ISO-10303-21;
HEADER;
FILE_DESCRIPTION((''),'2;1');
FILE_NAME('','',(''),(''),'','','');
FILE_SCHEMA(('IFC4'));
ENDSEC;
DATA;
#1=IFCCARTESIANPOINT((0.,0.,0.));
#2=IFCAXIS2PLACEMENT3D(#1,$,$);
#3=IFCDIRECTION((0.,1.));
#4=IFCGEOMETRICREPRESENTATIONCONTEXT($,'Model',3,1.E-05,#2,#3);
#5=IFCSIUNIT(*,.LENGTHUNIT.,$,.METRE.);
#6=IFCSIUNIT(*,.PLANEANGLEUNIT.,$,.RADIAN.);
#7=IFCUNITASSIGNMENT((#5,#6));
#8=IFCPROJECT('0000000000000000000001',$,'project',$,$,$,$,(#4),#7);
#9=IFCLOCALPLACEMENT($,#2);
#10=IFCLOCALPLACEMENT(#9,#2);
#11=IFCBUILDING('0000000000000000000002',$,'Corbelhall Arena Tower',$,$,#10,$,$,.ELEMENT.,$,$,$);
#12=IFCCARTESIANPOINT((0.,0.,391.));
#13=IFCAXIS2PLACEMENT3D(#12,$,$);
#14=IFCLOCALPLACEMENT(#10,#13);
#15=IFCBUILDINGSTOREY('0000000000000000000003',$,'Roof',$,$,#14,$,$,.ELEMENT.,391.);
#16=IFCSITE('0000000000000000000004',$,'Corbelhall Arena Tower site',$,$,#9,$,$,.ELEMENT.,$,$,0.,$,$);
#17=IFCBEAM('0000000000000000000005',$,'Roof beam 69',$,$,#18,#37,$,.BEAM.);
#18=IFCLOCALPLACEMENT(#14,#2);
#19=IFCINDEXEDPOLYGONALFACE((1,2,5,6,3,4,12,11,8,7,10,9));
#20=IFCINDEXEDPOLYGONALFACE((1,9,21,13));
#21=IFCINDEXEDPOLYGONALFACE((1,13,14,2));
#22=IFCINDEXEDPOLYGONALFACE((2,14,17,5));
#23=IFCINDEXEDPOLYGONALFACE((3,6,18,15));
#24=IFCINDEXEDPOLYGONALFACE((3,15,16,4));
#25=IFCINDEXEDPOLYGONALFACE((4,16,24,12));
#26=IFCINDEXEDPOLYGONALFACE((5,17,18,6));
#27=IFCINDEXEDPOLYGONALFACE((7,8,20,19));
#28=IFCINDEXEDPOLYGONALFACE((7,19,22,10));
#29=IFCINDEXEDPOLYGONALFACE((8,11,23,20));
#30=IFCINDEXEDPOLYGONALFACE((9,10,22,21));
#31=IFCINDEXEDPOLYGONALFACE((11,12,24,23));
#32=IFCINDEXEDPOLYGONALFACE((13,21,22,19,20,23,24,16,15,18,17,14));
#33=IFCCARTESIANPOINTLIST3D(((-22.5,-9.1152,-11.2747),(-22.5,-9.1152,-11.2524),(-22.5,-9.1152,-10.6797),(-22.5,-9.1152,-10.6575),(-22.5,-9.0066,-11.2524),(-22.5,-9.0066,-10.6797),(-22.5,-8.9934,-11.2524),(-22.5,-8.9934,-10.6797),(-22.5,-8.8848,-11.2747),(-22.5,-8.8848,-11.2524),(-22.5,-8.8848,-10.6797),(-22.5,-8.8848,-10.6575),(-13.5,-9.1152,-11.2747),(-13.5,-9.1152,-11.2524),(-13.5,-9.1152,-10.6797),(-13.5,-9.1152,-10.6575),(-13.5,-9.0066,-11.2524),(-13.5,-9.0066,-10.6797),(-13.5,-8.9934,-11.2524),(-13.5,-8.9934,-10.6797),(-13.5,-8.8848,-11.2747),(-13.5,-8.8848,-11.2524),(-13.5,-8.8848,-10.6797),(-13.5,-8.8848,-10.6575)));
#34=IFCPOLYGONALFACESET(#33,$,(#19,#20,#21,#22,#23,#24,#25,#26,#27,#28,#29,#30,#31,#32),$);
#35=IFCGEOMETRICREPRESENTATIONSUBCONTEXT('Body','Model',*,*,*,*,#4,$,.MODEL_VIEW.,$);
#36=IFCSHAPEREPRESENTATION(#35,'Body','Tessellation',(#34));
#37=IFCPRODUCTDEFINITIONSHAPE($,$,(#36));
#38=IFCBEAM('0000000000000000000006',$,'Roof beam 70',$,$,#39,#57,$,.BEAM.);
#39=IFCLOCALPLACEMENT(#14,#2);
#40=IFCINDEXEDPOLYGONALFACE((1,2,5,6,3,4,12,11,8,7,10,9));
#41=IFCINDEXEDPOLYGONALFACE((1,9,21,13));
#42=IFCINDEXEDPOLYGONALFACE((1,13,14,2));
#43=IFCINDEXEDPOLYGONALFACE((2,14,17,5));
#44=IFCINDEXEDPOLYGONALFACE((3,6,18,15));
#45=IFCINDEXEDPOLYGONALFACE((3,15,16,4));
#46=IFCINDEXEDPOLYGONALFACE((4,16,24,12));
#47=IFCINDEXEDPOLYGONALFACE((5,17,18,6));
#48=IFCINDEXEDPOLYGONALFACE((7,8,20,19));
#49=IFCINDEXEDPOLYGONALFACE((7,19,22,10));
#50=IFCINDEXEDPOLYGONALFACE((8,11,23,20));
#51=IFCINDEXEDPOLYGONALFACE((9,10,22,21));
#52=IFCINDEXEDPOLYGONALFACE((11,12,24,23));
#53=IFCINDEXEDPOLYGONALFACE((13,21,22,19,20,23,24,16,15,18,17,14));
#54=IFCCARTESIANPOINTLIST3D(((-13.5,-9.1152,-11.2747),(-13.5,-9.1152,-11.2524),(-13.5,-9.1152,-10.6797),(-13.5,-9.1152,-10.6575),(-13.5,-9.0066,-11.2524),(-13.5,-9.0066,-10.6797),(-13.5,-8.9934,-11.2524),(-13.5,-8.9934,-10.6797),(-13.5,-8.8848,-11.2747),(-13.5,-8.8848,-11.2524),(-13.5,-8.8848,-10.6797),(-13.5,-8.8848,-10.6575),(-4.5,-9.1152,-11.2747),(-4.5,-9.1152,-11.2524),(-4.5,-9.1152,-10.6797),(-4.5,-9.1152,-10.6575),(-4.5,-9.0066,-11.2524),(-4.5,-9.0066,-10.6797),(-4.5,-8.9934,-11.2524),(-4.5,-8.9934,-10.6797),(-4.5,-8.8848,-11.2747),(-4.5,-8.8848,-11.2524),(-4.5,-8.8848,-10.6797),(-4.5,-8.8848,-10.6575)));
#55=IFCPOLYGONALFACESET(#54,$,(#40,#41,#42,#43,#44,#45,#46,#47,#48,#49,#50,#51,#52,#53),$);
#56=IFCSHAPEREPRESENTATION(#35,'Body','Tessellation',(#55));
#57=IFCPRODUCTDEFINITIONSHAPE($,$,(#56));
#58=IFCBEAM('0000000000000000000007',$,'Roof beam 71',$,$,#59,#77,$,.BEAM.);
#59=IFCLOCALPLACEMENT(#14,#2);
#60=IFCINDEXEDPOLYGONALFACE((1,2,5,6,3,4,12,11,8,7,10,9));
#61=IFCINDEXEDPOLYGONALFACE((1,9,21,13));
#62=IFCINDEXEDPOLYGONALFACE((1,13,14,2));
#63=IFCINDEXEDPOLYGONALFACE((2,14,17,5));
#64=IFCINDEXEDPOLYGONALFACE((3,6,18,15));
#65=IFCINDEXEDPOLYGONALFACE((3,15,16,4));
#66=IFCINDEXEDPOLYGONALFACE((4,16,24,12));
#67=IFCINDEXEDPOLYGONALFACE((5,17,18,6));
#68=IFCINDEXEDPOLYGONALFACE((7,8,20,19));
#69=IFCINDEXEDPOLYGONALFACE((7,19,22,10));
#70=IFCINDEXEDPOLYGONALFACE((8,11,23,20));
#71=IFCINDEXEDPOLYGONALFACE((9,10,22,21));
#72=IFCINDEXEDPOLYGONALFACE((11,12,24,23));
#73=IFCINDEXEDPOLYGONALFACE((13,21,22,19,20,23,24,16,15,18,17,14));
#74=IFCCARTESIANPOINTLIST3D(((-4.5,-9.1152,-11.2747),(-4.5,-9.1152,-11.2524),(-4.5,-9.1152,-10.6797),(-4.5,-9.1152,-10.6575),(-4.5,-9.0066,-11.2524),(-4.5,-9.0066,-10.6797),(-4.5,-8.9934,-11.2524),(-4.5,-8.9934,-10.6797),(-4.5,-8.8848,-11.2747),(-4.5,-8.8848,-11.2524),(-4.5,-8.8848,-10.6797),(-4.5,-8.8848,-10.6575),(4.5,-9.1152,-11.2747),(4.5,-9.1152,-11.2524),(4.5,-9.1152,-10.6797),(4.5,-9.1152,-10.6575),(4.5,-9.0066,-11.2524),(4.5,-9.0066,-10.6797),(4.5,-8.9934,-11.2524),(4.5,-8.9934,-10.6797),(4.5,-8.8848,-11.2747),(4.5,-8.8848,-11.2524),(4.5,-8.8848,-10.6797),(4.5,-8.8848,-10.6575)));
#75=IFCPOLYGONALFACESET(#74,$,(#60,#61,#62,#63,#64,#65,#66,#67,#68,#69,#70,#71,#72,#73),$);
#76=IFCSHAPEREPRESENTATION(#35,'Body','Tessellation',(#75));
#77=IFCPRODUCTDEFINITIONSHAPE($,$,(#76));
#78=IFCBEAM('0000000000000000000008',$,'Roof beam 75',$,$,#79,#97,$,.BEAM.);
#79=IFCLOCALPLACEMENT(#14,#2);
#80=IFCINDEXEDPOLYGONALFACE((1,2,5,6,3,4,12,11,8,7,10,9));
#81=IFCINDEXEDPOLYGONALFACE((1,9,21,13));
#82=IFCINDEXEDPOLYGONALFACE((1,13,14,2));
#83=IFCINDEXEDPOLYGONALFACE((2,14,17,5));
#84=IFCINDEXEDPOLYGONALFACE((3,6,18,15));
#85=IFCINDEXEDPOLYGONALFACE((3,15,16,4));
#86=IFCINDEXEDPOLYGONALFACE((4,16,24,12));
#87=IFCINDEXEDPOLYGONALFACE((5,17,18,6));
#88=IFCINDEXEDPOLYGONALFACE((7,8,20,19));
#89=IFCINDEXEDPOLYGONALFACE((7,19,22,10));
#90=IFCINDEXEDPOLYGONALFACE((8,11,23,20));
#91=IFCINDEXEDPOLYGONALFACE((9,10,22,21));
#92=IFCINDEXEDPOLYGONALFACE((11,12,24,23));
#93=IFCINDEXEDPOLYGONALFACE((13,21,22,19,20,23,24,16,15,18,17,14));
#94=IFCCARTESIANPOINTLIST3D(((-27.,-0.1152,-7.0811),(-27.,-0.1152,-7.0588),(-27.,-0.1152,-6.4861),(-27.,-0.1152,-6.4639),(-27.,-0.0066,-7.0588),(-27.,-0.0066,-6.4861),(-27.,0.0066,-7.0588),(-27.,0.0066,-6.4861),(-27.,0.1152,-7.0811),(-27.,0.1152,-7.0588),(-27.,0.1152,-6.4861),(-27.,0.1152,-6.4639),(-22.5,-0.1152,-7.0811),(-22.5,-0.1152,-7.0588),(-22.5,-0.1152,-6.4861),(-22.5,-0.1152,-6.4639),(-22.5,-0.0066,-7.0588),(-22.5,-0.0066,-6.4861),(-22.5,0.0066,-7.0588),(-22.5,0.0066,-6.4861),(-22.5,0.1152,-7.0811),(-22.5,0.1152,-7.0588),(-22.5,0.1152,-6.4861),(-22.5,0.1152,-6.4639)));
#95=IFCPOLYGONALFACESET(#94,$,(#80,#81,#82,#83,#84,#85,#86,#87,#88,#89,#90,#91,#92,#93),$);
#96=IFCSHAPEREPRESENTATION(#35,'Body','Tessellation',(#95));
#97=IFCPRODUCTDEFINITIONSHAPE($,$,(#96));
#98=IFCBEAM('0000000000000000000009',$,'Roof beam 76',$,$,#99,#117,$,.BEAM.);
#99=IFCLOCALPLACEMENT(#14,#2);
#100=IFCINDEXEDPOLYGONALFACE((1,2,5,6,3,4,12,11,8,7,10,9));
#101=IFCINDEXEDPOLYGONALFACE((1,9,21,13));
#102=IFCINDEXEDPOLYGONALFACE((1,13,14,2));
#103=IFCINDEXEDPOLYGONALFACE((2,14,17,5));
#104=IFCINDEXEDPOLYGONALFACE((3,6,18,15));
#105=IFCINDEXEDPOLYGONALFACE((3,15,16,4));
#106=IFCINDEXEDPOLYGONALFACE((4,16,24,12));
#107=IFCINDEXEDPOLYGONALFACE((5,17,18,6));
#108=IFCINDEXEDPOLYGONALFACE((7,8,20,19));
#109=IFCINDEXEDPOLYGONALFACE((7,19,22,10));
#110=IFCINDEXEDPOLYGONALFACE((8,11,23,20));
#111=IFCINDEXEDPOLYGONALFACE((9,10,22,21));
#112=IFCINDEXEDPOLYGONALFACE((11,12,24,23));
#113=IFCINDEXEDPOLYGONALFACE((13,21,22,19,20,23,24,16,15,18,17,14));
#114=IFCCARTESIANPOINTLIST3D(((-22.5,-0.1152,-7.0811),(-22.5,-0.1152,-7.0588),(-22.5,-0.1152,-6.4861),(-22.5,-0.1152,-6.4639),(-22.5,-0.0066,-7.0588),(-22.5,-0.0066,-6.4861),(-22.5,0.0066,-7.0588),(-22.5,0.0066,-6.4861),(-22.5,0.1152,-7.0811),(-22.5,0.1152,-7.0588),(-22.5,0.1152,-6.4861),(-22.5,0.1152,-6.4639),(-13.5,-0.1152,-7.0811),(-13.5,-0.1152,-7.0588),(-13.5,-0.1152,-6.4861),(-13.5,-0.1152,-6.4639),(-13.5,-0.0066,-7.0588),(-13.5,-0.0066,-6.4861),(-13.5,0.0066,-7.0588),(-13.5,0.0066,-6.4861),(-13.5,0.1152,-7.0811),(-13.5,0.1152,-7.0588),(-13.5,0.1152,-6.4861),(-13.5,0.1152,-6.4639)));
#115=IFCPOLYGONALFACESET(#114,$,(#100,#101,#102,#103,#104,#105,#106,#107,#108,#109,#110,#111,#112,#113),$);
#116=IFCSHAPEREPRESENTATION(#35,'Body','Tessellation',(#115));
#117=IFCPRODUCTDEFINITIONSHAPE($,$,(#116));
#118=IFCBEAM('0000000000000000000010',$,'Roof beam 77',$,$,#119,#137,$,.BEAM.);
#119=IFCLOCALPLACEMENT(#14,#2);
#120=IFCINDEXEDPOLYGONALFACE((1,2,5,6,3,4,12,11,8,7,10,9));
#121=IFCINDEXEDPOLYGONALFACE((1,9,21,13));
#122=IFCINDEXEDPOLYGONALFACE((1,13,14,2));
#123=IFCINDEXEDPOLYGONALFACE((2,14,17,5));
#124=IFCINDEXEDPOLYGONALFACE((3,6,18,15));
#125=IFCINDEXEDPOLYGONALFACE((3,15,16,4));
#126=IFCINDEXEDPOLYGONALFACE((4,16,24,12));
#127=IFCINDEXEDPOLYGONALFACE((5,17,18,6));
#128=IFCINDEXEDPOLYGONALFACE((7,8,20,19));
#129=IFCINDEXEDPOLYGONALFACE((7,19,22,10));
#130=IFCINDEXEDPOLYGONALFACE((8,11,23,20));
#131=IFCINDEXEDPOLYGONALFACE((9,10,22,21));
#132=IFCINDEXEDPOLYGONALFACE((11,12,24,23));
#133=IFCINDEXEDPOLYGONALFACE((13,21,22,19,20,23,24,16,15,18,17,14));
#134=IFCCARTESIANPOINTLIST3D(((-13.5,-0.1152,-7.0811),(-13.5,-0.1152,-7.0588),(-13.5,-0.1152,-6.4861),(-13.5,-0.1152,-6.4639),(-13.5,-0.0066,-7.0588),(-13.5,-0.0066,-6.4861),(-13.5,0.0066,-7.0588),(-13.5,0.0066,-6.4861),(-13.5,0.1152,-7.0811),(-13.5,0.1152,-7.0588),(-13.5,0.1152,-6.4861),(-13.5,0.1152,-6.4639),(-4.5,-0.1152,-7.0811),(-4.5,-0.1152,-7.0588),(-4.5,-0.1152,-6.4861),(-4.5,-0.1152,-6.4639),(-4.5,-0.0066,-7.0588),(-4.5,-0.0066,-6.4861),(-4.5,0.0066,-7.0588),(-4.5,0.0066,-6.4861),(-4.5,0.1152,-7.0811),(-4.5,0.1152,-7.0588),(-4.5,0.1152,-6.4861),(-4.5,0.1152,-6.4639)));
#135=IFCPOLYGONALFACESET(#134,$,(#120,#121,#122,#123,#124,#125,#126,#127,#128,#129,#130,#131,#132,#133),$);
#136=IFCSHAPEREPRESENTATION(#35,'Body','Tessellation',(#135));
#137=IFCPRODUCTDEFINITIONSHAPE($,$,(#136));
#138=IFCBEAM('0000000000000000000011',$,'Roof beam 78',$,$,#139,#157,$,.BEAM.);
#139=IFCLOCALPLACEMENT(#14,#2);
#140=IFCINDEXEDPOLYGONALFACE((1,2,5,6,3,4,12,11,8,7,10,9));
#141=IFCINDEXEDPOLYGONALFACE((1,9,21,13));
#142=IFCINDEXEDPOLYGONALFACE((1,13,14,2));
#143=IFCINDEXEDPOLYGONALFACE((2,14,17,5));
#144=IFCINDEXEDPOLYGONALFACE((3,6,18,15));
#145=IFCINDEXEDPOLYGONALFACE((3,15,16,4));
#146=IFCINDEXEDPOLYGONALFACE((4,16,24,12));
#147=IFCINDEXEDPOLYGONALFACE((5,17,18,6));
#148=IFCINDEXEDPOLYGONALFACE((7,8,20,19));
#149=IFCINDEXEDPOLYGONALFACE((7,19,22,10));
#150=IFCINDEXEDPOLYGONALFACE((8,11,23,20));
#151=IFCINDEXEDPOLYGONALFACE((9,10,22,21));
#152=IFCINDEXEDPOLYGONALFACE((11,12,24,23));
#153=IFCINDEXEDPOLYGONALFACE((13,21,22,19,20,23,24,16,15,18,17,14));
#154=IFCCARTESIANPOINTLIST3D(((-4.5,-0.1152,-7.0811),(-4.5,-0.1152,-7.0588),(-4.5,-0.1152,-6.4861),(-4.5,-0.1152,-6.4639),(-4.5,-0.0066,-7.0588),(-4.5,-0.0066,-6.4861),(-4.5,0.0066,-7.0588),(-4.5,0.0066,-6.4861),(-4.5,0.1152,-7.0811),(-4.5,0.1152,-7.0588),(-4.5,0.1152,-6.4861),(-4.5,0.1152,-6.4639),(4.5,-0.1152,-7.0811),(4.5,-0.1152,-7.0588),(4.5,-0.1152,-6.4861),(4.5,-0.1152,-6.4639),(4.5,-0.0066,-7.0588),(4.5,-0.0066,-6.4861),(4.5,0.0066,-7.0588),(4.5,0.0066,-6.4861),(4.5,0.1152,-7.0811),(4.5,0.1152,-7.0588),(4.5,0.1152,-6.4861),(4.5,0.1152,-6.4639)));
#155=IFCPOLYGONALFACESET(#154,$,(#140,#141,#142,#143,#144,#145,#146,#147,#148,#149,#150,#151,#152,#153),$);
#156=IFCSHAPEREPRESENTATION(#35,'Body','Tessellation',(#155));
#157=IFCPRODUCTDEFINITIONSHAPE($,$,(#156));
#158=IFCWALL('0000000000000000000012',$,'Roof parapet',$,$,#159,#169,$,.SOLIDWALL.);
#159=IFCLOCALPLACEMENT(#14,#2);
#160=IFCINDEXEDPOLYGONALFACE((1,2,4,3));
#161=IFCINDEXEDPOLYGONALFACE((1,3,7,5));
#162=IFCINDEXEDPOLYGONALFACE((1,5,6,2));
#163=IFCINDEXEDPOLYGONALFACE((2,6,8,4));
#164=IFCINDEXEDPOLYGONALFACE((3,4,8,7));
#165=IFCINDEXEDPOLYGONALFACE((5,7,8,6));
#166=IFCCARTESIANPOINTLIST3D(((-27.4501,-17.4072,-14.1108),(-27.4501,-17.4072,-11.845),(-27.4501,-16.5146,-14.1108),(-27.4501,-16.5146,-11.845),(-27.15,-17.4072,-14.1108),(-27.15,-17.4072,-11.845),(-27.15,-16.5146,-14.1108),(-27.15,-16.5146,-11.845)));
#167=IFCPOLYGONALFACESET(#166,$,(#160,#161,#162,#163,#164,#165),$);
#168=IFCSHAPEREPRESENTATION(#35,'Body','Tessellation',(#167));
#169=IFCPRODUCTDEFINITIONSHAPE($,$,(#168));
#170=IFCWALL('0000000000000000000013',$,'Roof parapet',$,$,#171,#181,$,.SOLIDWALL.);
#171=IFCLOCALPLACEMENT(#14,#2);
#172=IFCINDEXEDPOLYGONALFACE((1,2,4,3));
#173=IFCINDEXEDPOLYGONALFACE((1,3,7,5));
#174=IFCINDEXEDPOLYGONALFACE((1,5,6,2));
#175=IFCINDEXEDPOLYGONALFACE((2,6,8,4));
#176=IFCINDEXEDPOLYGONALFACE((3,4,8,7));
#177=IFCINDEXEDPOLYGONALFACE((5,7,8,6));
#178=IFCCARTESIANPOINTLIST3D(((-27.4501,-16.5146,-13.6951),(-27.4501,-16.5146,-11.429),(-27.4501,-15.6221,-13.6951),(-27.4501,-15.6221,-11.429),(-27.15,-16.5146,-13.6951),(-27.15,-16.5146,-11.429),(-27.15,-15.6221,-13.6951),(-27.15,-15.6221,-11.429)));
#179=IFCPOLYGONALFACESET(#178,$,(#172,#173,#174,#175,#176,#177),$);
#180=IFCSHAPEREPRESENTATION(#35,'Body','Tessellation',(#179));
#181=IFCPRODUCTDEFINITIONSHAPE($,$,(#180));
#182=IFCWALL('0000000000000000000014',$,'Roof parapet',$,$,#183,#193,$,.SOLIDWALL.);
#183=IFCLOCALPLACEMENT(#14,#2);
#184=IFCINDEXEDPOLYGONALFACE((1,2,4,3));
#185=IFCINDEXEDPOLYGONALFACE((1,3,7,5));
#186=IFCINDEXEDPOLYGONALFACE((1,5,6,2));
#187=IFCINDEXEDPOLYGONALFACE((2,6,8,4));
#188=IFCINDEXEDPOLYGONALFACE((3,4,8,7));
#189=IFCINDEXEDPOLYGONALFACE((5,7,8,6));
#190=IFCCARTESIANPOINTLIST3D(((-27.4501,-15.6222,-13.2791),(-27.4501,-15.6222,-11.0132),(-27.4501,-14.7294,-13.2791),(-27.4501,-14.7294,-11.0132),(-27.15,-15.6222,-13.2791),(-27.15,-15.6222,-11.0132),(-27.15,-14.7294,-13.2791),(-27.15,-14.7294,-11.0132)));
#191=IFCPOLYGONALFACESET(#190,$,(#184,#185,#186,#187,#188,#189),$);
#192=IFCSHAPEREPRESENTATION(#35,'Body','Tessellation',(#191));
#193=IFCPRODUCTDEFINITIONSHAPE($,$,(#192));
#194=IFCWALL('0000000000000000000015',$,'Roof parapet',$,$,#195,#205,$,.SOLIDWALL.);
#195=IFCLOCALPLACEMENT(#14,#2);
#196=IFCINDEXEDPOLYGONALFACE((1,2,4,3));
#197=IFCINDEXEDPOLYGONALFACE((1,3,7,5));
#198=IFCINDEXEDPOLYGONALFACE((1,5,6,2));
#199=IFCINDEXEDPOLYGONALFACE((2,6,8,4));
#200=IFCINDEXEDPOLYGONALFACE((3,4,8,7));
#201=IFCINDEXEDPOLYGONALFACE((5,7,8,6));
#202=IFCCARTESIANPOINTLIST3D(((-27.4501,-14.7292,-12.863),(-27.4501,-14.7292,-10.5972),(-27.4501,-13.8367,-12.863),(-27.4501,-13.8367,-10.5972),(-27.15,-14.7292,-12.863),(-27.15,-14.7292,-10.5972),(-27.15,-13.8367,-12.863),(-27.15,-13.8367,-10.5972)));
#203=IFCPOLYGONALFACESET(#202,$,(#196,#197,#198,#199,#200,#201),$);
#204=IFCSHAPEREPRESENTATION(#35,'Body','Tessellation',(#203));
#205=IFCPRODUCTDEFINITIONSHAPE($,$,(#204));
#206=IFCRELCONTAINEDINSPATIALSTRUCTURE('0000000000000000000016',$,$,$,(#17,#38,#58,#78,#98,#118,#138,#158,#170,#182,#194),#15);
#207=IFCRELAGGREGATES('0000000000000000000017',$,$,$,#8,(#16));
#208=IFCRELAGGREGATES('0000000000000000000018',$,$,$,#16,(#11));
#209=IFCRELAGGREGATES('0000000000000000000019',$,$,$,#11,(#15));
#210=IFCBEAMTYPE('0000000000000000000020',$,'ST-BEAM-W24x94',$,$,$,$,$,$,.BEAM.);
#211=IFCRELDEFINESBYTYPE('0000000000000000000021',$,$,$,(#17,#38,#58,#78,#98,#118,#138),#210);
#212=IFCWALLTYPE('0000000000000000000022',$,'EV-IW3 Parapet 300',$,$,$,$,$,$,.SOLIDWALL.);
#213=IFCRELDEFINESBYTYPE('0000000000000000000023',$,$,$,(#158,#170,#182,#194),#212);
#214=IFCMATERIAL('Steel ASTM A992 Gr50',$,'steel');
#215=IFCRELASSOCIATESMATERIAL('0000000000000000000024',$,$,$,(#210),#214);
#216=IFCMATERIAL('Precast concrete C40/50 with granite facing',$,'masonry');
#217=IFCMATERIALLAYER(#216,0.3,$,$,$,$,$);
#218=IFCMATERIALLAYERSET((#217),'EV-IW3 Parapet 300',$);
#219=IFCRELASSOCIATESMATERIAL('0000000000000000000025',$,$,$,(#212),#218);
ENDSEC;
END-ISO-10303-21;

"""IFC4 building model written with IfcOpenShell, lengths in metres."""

from ifc_helpers import new_model, si_unit, direction, frame, frame_2d, origin, origin_2d, place, context, subcontext, project, spatial, rectangle, i_section, extrude, material, layer, layer_set, material_profile, profile_set, type_object, element, save


model = new_model("IFC4")

# Units and contexts
model_context = context("Model", 3, precision=1e-05, world=origin(), true_north=direction((0.0, 1.0)))
body_context = subcontext(model_context, "Body", "Model", "MODEL_VIEW")
ifc_project = project(units=[si_unit("LENGTHUNIT", "METRE"), si_unit("PLANEANGLEUNIT", "RADIAN")], contexts=[model_context])

# Site, building, storey
site_placement = place(None, origin())
site = spatial("IfcSite", under=ifc_project, at=site_placement, Name="Corbelhall Arena Tower site", CompositionType="ELEMENT", RefElevation=0.0)
building_placement = place(site_placement, origin())
building = spatial("IfcBuilding", under=site, at=building_placement, Name="Corbelhall Arena Tower", CompositionType="ELEMENT")
storey_placement = place(building_placement, frame((0.0, 0.0, 391.0)))
storey = spatial("IfcBuildingStorey", under=building, at=storey_placement, Name="Roof", CompositionType="ELEMENT", Elevation=391.0)

# Beams
ifc_material_1 = material(Name="Steel ASTM A992 Gr50", Category="steel")
ifc_material_profile_1 = material_profile(ifc_material_1, i_section(OverallWidth=0.2305, OverallDepth=0.6172, WebThickness=0.0132, FlangeThickness=0.0222, at=origin_2d()))
ifc_profile_set_1 = profile_set([ifc_material_profile_1], Name="Steel ASTM A992 Gr50")
beam_type = type_object("IfcBeamType", Name="ST-BEAM-W24x94", PredefinedType="BEAM", material=ifc_profile_set_1)
for number, where, z_axis, x_axis, name in (
    (1, (-22.5, -9.0, -10.9661), (1.0, 0.0, 0.0), (0.0, 1.0, 0.0), "Roof beam 69"),
    (2, (-13.5, -9.0, -10.9661), (1.0, 0.0, 0.0), (0.0, 1.0, 0.0), "Roof beam 70"),
    (3, (-4.5, -9.0, -10.9661), (1.0, 0.0, 0.0), (0.0, 1.0, 0.0), "Roof beam 71"),
):
    element("IfcBeam", number, at=place(storey_placement, frame(where, z_axis=z_axis, x_axis=x_axis)), inside=storey, type_object=beam_type, Name=name, PredefinedType="BEAM", context=body_context, shape_type="SweptSolid", body=[
        extrude(i_section(OverallWidth=0.2305, OverallDepth=0.6172, WebThickness=0.0132, FlangeThickness=0.0222, at=origin_2d()), origin(), (0.0, 0.0, 1.0), 9.0),
    ])
beam_1_placement = place(storey_placement, frame((-27.0, 0.0, -6.7725), z_axis=(1.0, 0.0, 0.0), x_axis=(0.0, 1.0, 0.0)))
element("IfcBeam", 4, at=beam_1_placement, inside=storey, type_object=beam_type, Name="Roof beam 75", PredefinedType="BEAM", context=body_context, shape_type="SweptSolid", body=[
    extrude(i_section(OverallWidth=0.2305, OverallDepth=0.6172, WebThickness=0.0132, FlangeThickness=0.0222, at=origin_2d()), origin(), (0.0, 0.0, 1.0), 4.5),
])
for number, where, z_axis, x_axis, name in (
    (5, (-22.5, 0.0, -6.7725), (1.0, 0.0, 0.0), (0.0, 1.0, 0.0), "Roof beam 76"),
    (6, (-13.5, 0.0, -6.7725), (1.0, 0.0, 0.0), (0.0, 1.0, 0.0), "Roof beam 77"),
    (7, (-4.5, 0.0, -6.7725), (1.0, 0.0, 0.0), (0.0, 1.0, 0.0), "Roof beam 78"),
):
    element("IfcBeam", number, at=place(storey_placement, frame(where, z_axis=z_axis, x_axis=x_axis)), inside=storey, type_object=beam_type, Name=name, PredefinedType="BEAM", context=body_context, shape_type="SweptSolid", body=[
        extrude(i_section(OverallWidth=0.2305, OverallDepth=0.6172, WebThickness=0.0132, FlangeThickness=0.0222, at=origin_2d()), origin(), (0.0, 0.0, 1.0), 9.0),
    ])

# Walls
ifc_material_2 = material(Name="Precast concrete C40/50 with granite facing", Category="masonry")
ifc_layer = layer(ifc_material_2, 0.3)
ifc_layer_set = layer_set([ifc_layer], Name="EV-IW3 Parapet 300")
wall_type = type_object("IfcWallType", Name="EV-IW3 Parapet 300", PredefinedType="SOLIDWALL", material=ifc_layer_set)
wall_1_placement = place(storey_placement, frame((-27.3, -17.4072, -14.1108), z_axis=(0.0, 0.0, 1.0), x_axis=(0.0, 1.0, 0.0)))
element("IfcWall", 8, at=wall_1_placement, inside=storey, type_object=wall_type, Name="Roof parapet", PredefinedType="SOLIDWALL", context=body_context, shape_type="SweptSolid", body=[
    extrude(rectangle(XDim=0.8926, YDim=0.3, at=frame_2d((0.4463, 0.0))), origin(), (0.0, 0.0, 1.0), 2.2659),
])
wall_2_placement = place(storey_placement, frame((-27.3, -16.5146, -13.6951), z_axis=(0.0, 0.0, 1.0), x_axis=(0.0, 1.0, 0.0)))
element("IfcWall", 9, at=wall_2_placement, inside=storey, type_object=wall_type, Name="Roof parapet", PredefinedType="SOLIDWALL", context=body_context, shape_type="SweptSolid", body=[
    extrude(rectangle(XDim=0.8926, YDim=0.3, at=frame_2d((0.4463, 0.0))), origin(), (0.0, 0.0, 1.0), 2.2661),
])
wall_3_placement = place(storey_placement, frame((-27.3, -15.6221, -13.2791), z_axis=(0.0, 0.0, 1.0), x_axis=(0.0, 1.0, 0.0)))
element("IfcWall", 10, at=wall_3_placement, inside=storey, type_object=wall_type, Name="Roof parapet", PredefinedType="SOLIDWALL", context=body_context, shape_type="SweptSolid", body=[
    extrude(rectangle(XDim=0.8928, YDim=0.3, at=frame_2d((0.4463, 0.0))), origin(), (0.0, 0.0, 1.0), 2.2659),
])
wall_4_placement = place(storey_placement, frame((-27.3, -14.7292, -12.863), z_axis=(0.0, 0.0, 1.0), x_axis=(0.0, 1.0, 0.0)))
element("IfcWall", 11, at=wall_4_placement, inside=storey, type_object=wall_type, Name="Roof parapet", PredefinedType="SOLIDWALL", context=body_context, shape_type="SweptSolid", body=[
    extrude(rectangle(XDim=0.8926, YDim=0.3, at=frame_2d((0.4463, 0.0))), origin(), (0.0, 0.0, 1.0), 2.2659),
])

save(model, "model.ifc")
